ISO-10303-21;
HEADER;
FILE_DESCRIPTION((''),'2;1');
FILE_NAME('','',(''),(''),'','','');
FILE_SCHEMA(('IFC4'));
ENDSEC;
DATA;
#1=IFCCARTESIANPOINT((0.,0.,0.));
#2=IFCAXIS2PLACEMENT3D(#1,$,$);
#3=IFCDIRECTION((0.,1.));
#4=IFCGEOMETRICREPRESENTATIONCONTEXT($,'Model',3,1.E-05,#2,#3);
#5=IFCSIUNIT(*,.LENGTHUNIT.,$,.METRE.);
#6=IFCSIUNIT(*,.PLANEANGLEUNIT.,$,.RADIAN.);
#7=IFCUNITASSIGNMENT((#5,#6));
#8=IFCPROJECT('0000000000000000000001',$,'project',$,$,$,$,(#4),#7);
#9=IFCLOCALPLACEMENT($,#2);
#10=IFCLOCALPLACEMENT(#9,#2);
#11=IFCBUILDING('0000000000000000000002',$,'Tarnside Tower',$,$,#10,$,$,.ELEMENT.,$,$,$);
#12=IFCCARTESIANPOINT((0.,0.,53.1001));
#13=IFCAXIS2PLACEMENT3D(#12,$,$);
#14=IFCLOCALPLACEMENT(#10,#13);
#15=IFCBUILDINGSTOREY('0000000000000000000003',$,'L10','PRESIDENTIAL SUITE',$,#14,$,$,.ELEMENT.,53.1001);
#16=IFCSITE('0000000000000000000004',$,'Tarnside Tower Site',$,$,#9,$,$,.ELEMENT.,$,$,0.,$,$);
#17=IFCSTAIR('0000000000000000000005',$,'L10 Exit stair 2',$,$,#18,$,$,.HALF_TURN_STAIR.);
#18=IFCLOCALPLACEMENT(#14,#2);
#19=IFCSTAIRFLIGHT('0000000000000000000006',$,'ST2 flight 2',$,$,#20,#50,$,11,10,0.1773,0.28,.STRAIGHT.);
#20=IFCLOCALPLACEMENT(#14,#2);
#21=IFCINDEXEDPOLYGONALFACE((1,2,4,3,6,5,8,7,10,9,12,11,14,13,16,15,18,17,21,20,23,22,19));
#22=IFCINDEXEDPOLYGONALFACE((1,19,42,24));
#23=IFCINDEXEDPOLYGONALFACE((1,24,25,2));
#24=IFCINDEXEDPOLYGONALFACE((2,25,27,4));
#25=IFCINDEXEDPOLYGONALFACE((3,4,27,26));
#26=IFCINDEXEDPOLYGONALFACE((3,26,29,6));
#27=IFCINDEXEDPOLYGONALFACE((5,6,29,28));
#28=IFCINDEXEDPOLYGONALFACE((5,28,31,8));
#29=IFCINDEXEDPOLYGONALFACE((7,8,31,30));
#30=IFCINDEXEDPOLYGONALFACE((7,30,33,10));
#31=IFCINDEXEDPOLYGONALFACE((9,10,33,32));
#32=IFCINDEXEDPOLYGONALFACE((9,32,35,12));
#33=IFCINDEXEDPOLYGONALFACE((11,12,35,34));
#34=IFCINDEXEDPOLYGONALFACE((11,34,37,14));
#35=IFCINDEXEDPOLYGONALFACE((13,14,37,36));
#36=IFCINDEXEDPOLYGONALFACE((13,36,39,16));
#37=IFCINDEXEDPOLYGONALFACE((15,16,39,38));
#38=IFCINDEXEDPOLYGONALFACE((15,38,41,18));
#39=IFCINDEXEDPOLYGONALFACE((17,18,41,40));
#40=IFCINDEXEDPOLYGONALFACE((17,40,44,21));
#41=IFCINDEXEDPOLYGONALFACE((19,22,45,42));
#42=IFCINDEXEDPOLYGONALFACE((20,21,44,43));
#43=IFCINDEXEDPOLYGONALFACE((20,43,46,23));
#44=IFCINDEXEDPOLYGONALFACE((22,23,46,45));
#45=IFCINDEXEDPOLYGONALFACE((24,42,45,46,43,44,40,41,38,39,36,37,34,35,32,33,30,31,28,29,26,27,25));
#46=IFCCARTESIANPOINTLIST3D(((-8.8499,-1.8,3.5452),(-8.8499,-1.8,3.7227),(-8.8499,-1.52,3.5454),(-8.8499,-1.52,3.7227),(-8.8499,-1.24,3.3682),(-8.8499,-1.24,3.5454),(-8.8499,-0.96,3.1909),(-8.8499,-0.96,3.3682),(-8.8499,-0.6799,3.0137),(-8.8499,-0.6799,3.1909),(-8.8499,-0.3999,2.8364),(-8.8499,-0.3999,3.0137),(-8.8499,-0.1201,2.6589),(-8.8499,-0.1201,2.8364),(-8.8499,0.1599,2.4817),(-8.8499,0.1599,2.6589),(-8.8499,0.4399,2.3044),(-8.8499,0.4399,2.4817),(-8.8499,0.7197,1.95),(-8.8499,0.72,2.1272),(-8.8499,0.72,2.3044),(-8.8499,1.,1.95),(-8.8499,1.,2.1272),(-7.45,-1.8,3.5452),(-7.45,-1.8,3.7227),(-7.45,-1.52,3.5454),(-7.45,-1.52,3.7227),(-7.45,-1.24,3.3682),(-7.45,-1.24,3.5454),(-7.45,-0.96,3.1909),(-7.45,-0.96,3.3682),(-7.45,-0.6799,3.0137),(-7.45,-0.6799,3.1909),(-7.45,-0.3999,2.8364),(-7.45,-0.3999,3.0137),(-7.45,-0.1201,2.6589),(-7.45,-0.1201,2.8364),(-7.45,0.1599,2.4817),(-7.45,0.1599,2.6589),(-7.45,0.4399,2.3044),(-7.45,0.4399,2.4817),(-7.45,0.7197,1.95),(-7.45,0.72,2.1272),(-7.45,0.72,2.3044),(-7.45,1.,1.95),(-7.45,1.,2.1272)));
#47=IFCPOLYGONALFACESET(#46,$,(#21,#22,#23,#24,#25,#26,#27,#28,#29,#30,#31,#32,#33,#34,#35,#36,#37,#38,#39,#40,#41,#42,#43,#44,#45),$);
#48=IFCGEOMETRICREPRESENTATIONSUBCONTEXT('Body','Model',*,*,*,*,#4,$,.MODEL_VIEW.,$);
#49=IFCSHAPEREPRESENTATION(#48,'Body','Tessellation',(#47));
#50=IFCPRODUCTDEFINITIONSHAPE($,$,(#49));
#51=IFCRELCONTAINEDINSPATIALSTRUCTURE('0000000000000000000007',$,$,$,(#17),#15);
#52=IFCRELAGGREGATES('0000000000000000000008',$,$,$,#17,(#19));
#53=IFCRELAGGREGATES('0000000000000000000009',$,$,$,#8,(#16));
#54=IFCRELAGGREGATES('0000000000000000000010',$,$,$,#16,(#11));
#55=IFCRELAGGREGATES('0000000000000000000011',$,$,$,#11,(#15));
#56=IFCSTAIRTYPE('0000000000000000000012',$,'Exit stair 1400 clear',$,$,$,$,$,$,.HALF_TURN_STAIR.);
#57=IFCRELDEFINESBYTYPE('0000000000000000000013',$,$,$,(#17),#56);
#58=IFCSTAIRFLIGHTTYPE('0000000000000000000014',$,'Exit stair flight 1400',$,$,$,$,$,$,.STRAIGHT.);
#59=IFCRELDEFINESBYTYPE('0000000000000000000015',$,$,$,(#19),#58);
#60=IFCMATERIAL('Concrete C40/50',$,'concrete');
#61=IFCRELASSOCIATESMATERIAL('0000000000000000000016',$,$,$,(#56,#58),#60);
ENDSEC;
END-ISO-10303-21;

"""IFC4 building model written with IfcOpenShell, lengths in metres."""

from ifc_helpers import new_model, si_unit, direction, frame, origin, place, context, subcontext, project, spatial, polyline, outline, extrude, material, type_object, element, aggregate, save


model = new_model("IFC4")

# Units and contexts
model_context = context("Model", 3, precision=1e-05, world=origin(), true_north=direction((0.0, 1.0)))
body_context = subcontext(model_context, "Body", "Model", "MODEL_VIEW")
ifc_project = project(units=[si_unit("LENGTHUNIT", "METRE"), si_unit("PLANEANGLEUNIT", "RADIAN")], contexts=[model_context])

# Site, building, storey
site_placement = place(None, origin())
site = spatial("IfcSite", under=ifc_project, at=site_placement, Name="Tarnside Tower Site", CompositionType="ELEMENT", RefElevation=0.0)
building_placement = place(site_placement, origin())
building = spatial("IfcBuilding", under=site, at=building_placement, Name="Tarnside Tower", CompositionType="ELEMENT")
storey_placement = place(building_placement, frame((0.0, 0.0, 53.1001)))
storey = spatial("IfcBuildingStorey", under=building, at=storey_placement, Name="L10", Description="PRESIDENTIAL SUITE", CompositionType="ELEMENT", Elevation=53.1001)

# Shared definitions
ifc_material_1 = material(Name="Concrete C40/50", Category="concrete")

# Stair, stair flight
stair_type = type_object("IfcStairType", Name="Exit stair 1400 clear", PredefinedType="HALF_TURN_STAIR", material=ifc_material_1)
stair_placement = place(storey_placement, origin())
stair = element("IfcStair", 1, at=stair_placement, inside=storey, type_object=stair_type, Name="L10 Exit stair 2", PredefinedType="HALF_TURN_STAIR")
stair_flight_type = type_object("IfcStairFlightType", Name="Exit stair flight 1400", PredefinedType="STRAIGHT", material=ifc_material_1)
stair_flight_placement = place(storey_placement, frame((-8.1499, 1.0, 1.95), z_axis=(0.0, 0.0, 1.0), x_axis=(0.0, -1.0, 0.0)))
stair_flight = element("IfcStairFlight", 2, at=stair_flight_placement, type_object=stair_flight_type, Name="ST2 flight 2", NumberOfRisers=11, NumberOfTreads=10, PredefinedType="STRAIGHT", RiserHeight=0.1773, TreadLength=0.28, context=body_context, shape_type="SweptSolid", body=[
    extrude(outline(polyline([(0.0, 0.0), (0.0, 0.1772), (0.28, 0.1772), (0.28, 0.3545), (0.5601, 0.3545), (0.5601, 0.5317), (0.8401, 0.5317), (0.8401, 0.709), (1.1201, 0.709), (1.1201, 0.8865), (1.3999, 0.8865), (1.3999, 1.0637), (1.6799, 1.0637), (1.6799, 1.241), (1.96, 1.241), (1.96, 1.4182), (2.24, 1.4182), (2.24, 1.5955), (2.52, 1.5955), (2.52, 1.7727), (2.8, 1.7727), (2.8, 1.95), (2.8, 1.5952), (0.2803, 0.0), (0.0, 0.0)])), frame((0.0, 0.7, 0.0), z_axis=(0.0, -1.0, 0.0), x_axis=(1.0, 0.0, 0.0)), (0.0, 0.0, 1.0), 1.3999),
])
aggregate(stair, [stair_flight])

save(model, "model.ifc")
